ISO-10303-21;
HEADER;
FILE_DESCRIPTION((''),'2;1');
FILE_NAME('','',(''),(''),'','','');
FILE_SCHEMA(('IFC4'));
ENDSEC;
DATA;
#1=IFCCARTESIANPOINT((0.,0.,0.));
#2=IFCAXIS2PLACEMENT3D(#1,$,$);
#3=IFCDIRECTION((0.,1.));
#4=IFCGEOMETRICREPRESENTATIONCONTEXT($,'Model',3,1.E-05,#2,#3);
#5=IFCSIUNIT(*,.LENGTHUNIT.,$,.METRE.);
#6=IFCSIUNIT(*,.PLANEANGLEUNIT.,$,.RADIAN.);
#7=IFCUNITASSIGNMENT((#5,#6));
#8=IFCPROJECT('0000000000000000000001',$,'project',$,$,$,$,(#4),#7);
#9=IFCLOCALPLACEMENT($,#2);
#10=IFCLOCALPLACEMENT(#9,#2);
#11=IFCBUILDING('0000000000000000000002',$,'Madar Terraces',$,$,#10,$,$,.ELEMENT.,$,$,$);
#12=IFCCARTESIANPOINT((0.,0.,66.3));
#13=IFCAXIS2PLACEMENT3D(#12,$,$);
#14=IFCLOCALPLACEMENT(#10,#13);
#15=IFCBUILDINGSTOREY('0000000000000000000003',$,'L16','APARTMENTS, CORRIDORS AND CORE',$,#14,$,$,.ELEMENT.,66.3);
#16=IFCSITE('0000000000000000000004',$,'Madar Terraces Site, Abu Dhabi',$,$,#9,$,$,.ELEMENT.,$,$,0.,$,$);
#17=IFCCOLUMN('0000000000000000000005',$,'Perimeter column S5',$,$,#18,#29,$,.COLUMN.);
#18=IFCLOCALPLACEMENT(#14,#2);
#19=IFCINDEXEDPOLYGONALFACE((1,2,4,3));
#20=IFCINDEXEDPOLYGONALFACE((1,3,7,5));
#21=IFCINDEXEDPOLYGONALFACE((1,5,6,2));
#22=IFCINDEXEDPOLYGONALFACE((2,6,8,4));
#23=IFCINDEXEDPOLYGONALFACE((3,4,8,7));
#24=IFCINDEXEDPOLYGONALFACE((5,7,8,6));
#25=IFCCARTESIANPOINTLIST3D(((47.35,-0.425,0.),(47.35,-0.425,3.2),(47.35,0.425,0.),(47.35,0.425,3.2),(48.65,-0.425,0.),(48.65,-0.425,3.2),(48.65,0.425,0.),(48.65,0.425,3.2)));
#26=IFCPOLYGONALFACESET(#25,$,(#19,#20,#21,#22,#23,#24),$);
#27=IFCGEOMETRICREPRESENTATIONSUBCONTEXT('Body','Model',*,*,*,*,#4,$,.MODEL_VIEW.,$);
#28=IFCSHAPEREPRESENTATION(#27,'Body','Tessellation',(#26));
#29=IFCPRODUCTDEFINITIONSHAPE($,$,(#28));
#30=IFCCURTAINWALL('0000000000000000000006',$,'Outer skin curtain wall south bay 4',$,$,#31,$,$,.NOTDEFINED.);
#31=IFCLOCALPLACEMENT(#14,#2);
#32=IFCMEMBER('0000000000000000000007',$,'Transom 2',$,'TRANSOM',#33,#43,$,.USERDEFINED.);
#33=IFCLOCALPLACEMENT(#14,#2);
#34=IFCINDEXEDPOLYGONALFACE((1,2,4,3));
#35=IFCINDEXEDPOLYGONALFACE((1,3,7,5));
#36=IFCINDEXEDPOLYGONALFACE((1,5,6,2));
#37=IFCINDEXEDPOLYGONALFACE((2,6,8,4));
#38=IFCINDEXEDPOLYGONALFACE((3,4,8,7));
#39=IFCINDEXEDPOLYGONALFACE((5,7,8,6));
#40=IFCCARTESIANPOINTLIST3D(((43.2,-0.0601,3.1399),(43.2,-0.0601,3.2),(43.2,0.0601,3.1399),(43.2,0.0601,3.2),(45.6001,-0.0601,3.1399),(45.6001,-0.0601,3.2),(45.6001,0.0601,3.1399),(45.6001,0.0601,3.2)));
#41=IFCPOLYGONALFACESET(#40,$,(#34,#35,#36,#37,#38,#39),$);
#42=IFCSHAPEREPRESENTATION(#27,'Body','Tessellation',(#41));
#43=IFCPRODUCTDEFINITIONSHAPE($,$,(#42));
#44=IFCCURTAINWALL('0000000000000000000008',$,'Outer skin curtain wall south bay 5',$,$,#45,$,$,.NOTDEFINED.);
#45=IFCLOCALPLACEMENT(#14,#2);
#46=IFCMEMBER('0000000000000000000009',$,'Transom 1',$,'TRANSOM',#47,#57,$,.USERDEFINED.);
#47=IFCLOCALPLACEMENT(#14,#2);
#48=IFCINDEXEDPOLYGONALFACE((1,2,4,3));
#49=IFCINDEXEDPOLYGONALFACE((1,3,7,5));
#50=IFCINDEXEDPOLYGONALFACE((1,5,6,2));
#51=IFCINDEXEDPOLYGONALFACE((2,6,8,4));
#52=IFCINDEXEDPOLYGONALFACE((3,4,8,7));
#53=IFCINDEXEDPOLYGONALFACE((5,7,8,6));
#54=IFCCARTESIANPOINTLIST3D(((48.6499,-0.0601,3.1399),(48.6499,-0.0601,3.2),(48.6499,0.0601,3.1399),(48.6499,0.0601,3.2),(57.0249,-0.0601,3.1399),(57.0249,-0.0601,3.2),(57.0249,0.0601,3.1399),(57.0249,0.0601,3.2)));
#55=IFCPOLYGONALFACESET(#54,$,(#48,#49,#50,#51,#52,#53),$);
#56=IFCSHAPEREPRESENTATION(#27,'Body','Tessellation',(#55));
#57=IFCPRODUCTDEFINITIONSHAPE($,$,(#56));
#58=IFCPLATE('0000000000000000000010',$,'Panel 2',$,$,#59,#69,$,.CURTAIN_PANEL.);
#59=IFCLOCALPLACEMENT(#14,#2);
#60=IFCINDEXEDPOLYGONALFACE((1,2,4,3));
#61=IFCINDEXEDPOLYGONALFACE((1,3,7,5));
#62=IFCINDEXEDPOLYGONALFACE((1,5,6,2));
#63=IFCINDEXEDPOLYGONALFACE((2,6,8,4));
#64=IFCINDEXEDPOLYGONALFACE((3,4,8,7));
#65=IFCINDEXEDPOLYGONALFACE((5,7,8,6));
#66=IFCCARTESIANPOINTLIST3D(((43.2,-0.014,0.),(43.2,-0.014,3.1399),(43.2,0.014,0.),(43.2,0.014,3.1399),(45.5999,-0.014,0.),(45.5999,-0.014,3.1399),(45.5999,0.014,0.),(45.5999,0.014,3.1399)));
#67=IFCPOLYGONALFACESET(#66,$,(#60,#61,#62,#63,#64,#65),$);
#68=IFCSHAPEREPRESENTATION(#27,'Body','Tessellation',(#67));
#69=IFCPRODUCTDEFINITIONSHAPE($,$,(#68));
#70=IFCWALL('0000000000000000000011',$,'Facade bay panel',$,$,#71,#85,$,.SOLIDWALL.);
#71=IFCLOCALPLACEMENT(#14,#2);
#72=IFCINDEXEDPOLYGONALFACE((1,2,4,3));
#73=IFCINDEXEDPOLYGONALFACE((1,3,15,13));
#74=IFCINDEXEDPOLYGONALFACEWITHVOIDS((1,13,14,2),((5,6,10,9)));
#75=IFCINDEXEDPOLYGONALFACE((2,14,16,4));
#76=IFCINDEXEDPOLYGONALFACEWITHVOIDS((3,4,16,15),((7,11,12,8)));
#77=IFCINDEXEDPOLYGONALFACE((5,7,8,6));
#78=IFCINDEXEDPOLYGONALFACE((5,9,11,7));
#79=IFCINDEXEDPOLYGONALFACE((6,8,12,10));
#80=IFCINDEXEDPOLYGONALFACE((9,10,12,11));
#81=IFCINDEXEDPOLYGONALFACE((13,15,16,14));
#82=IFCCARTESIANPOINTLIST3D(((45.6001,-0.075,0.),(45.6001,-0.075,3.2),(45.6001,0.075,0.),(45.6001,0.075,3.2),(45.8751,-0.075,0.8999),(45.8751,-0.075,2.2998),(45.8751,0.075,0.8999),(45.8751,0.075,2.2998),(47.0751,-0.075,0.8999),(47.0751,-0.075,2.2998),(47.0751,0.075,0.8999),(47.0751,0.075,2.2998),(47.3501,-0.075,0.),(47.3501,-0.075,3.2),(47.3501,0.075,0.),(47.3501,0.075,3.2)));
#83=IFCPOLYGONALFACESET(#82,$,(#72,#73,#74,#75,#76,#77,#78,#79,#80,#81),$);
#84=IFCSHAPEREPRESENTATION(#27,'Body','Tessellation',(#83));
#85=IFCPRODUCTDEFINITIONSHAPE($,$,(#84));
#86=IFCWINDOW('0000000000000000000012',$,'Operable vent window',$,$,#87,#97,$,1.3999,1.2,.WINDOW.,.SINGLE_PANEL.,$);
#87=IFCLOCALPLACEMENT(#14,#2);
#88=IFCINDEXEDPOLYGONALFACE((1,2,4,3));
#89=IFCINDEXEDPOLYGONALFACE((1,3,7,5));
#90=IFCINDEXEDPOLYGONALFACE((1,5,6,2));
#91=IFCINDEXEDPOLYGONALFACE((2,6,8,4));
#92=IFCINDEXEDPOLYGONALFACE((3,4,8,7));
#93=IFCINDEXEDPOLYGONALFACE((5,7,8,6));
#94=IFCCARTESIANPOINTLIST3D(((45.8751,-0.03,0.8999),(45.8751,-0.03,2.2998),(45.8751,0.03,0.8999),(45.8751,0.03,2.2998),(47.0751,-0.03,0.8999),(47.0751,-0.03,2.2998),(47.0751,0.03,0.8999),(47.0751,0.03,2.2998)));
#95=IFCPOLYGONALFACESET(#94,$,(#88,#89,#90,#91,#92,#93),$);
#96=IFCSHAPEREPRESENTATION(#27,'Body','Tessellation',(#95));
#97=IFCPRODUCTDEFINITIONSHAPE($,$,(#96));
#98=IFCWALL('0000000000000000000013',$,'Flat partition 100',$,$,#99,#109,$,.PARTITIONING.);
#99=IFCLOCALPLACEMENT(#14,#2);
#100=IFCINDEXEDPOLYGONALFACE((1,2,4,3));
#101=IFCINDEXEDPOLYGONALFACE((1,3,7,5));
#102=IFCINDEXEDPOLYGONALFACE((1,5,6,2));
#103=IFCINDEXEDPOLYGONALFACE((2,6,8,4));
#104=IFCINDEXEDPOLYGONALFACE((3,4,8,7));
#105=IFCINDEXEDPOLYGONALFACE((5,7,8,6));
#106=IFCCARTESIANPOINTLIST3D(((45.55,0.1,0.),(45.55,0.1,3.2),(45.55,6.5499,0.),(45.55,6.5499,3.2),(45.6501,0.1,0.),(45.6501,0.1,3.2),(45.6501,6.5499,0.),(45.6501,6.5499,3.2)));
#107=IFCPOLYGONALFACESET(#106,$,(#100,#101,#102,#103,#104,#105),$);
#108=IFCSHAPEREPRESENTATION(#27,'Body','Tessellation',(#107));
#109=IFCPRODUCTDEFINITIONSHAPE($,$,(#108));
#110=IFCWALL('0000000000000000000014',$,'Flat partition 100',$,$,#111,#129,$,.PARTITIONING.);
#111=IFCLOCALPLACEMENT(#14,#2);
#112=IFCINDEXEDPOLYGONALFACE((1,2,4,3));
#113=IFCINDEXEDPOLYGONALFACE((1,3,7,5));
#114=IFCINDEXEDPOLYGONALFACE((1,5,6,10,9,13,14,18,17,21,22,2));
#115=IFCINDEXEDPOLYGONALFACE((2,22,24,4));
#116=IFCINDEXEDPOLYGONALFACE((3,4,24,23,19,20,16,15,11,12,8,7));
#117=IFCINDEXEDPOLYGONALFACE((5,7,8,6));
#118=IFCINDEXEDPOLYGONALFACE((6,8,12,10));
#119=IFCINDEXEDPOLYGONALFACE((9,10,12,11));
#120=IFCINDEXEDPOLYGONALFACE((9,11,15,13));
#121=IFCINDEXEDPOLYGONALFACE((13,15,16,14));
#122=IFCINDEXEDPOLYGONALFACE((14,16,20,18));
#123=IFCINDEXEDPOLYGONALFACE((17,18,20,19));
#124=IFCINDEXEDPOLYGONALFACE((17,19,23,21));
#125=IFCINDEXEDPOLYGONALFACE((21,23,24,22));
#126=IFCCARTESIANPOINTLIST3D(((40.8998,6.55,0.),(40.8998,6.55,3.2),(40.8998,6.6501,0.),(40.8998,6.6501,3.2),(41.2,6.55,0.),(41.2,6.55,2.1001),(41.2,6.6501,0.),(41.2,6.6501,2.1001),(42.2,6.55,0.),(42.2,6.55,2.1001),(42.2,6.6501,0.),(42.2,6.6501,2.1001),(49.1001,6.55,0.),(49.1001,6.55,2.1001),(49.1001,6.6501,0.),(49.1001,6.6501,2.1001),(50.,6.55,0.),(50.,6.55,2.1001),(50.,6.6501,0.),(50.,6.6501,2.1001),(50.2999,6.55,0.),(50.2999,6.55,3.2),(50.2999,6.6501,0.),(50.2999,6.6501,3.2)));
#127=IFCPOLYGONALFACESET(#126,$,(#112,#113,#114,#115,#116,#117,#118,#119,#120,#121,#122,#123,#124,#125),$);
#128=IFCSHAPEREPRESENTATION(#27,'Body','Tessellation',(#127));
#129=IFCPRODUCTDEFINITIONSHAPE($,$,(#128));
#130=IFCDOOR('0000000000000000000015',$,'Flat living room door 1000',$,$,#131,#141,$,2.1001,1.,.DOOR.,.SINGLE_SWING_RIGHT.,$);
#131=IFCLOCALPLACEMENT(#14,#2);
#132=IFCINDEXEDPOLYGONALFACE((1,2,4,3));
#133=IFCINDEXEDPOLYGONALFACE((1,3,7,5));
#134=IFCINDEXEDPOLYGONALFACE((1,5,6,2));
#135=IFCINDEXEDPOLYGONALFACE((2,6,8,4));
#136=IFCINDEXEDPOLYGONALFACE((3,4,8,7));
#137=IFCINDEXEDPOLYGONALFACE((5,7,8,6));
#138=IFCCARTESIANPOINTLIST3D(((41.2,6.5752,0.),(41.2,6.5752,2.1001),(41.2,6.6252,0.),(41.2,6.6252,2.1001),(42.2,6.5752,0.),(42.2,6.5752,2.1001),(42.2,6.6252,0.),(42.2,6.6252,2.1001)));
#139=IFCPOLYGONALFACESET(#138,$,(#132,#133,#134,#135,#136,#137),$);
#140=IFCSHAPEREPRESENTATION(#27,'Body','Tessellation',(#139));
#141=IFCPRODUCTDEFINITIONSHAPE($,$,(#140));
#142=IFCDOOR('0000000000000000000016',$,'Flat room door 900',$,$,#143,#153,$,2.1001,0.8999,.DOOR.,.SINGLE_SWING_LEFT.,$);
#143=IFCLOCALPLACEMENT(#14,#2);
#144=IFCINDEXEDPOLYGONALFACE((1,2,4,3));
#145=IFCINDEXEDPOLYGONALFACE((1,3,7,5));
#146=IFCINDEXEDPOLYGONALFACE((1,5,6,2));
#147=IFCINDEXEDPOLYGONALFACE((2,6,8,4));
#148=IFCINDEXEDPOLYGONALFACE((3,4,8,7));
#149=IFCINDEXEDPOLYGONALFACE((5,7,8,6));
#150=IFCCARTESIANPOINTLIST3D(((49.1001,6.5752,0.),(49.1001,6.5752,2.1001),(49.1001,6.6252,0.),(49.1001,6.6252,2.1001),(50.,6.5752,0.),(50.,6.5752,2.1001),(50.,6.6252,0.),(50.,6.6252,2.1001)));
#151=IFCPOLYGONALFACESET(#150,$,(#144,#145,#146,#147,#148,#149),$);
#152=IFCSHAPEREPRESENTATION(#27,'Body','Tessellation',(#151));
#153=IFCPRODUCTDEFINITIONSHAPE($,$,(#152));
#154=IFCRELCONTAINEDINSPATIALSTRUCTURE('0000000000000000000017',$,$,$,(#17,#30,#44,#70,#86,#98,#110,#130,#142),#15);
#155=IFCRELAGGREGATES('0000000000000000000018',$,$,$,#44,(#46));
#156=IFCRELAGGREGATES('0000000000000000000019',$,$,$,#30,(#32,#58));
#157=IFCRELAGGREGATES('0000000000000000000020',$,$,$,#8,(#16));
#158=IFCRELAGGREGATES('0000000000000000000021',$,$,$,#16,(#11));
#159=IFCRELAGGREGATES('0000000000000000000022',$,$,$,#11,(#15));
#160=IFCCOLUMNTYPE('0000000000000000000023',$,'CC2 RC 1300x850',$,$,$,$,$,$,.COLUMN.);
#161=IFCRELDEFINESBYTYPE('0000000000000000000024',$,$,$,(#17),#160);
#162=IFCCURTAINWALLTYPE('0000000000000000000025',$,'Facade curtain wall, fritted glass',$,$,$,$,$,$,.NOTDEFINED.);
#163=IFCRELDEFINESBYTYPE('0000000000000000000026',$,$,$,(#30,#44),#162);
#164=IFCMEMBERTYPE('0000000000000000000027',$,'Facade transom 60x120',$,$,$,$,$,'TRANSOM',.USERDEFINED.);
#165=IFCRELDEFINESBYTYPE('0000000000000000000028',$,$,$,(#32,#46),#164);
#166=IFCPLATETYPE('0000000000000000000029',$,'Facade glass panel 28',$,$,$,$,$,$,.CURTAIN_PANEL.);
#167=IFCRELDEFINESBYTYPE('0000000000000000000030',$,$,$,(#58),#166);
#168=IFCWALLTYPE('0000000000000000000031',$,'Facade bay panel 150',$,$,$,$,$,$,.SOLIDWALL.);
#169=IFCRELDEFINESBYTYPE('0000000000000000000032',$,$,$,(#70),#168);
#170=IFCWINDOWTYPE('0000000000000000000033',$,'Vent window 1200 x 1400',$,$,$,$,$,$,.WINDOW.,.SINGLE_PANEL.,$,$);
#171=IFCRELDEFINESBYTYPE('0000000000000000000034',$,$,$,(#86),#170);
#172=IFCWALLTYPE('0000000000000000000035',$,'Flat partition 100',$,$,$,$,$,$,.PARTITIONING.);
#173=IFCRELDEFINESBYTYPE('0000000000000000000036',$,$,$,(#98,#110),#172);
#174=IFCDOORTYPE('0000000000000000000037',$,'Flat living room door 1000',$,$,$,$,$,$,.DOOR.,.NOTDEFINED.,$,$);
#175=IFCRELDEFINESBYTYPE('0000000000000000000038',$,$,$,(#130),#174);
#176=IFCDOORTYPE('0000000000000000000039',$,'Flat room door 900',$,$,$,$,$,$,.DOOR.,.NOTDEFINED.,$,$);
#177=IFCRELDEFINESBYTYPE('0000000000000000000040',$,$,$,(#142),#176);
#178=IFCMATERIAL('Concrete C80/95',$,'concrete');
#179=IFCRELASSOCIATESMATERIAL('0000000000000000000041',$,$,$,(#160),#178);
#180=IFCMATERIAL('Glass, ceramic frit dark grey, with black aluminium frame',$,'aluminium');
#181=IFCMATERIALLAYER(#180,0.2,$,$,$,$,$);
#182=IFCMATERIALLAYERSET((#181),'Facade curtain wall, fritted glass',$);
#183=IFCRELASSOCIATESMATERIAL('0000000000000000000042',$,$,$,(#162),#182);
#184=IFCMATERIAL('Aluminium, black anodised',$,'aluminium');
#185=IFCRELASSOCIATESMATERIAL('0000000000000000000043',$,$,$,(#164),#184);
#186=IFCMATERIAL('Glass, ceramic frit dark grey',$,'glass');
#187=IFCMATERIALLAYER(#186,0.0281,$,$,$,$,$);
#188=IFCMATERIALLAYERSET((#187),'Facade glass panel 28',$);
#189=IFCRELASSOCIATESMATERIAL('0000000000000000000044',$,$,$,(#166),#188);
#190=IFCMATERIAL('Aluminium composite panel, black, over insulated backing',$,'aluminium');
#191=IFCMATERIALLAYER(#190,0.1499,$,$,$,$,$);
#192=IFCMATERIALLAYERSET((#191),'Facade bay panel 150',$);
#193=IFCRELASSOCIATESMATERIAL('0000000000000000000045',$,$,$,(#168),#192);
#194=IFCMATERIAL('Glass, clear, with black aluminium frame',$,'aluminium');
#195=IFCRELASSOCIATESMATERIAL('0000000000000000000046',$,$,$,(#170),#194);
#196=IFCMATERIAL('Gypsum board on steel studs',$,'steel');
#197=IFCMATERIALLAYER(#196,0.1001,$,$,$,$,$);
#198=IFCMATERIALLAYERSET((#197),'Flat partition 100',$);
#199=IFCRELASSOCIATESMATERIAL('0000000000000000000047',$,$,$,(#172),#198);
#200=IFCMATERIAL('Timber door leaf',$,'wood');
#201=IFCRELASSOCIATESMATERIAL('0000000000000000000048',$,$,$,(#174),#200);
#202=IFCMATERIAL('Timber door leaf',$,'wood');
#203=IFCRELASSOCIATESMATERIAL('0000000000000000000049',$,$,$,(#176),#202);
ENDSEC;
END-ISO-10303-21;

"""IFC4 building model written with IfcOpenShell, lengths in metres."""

from ifc_helpers import new_model, si_unit, direction, frame, frame_2d, origin, origin_2d, place, context, subcontext, project, spatial, rectangle, extrude, material, layer, layer_set, material_profile, profile_set, type_object, element, fill, aggregate, save


model = new_model("IFC4")

# Units and contexts
model_context = context("Model", 3, precision=1e-05, world=origin(), true_north=direction((0.0, 1.0)))
body_context = subcontext(model_context, "Body", "Model", "MODEL_VIEW")
ifc_project = project(units=[si_unit("LENGTHUNIT", "METRE"), si_unit("PLANEANGLEUNIT", "RADIAN")], contexts=[model_context])

# Site, building, storey
site_placement = place(None, origin())
site = spatial("IfcSite", under=ifc_project, at=site_placement, Name="Madar Terraces Site, Abu Dhabi", CompositionType="ELEMENT", RefElevation=0.0)
building_placement = place(site_placement, origin())
building = spatial("IfcBuilding", under=site, at=building_placement, Name="Madar Terraces", CompositionType="ELEMENT")
storey_placement = place(building_placement, frame((0.0, 0.0, 66.3)))
storey = spatial("IfcBuildingStorey", under=building, at=storey_placement, Name="L16", Description="APARTMENTS, CORRIDORS AND CORE", CompositionType="ELEMENT", Elevation=66.3)

# Column
ifc_material_1 = material(Name="Concrete C80/95", Category="concrete")
ifc_material_profile_1 = material_profile(ifc_material_1, rectangle(XDim=1.3, YDim=0.8501, at=origin_2d()), Name="CC2 RC 1300x850")
ifc_profile_set_1 = profile_set([ifc_material_profile_1], Name="Concrete C80/95")
column_type = type_object("IfcColumnType", Name="CC2 RC 1300x850", PredefinedType="COLUMN", material=ifc_profile_set_1)
column_placement = place(storey_placement, frame((48.0, 0.0, 0.0), z_axis=(0.0, 0.0, 1.0), x_axis=(1.0, 0.0, 0.0)))
element("IfcColumn", 1, at=column_placement, inside=storey, type_object=column_type, Name="Perimeter column S5", PredefinedType="COLUMN", context=body_context, shape_type="SweptSolid", body=[
    extrude(rectangle(XDim=1.3, YDim=0.8501, at=origin_2d()), origin(), (0.0, 0.0, 1.0), 3.2),
])

# Curtain walls, members
ifc_material_2 = material(Name="Glass, ceramic frit dark grey, with black aluminium frame", Category="aluminium")
ifc_layer_1 = layer(ifc_material_2, 0.2)
ifc_layer_set_1 = layer_set([ifc_layer_1], Name="Facade curtain wall, fritted glass")
curtain_wall_type = type_object("IfcCurtainWallType", Name="Facade curtain wall, fritted glass", PredefinedType="NOTDEFINED", material=ifc_layer_set_1)
curtain_wall_1_placement = place(storey_placement, origin())
curtain_wall_1 = element("IfcCurtainWall", 2, at=curtain_wall_1_placement, inside=storey, type_object=curtain_wall_type, Name="Outer skin curtain wall south bay 4", PredefinedType="NOTDEFINED")
ifc_material_3 = material(Name="Aluminium, black anodised", Category="aluminium")
ifc_material_profile_2 = material_profile(ifc_material_3, rectangle(XDim=0.1201, YDim=0.0601, at=origin_2d()), Name="Facade transom 60x120")
ifc_profile_set_2 = profile_set([ifc_material_profile_2], Name="Aluminium, black anodised")
member_type = type_object("IfcMemberType", Name="Facade transom 60x120", ElementType="TRANSOM", PredefinedType="USERDEFINED", material=ifc_profile_set_2)
member_1_placement = place(storey_placement, frame((43.2, 0.0, 3.1699), z_axis=(1.0, 0.0, 0.0), x_axis=(0.0, 1.0, 0.0)))
member_1 = element("IfcMember", 3, at=member_1_placement, type_object=member_type, Name="Transom 2", ObjectType="TRANSOM", PredefinedType="USERDEFINED", context=body_context, shape_type="SweptSolid", body=[
    extrude(rectangle(XDim=0.1201, YDim=0.0601, at=origin_2d()), origin(), (0.0, 0.0, 1.0), 2.4001),
])
curtain_wall_2_placement = place(storey_placement, origin())
curtain_wall_2 = element("IfcCurtainWall", 4, at=curtain_wall_2_placement, inside=storey, type_object=curtain_wall_type, Name="Outer skin curtain wall south bay 5", PredefinedType="NOTDEFINED")
member_2_placement = place(storey_placement, frame((48.6499, 0.0, 3.1699), z_axis=(1.0, 0.0, 0.0), x_axis=(0.0, 1.0, 0.0)))
member_2 = element("IfcMember", 5, at=member_2_placement, type_object=member_type, Name="Transom 1", ObjectType="TRANSOM", PredefinedType="USERDEFINED", context=body_context, shape_type="SweptSolid", body=[
    extrude(rectangle(XDim=0.1201, YDim=0.0601, at=origin_2d()), origin(), (0.0, 0.0, 1.0), 8.375),
])
aggregate(curtain_wall_2, [member_2])

# Plate
ifc_material_4 = material(Name="Glass, ceramic frit dark grey", Category="glass")
ifc_layer_2 = layer(ifc_material_4, 0.0281)
ifc_layer_set_2 = layer_set([ifc_layer_2], Name="Facade glass panel 28")
plate_type = type_object("IfcPlateType", Name="Facade glass panel 28", PredefinedType="CURTAIN_PANEL", material=ifc_layer_set_2)
plate_placement = place(storey_placement, frame((44.3999, 0.0, 0.0), z_axis=(0.0, 0.0, 1.0), x_axis=(1.0, 0.0, 0.0)))
plate = element("IfcPlate", 6, at=plate_placement, type_object=plate_type, Name="Panel 2", PredefinedType="CURTAIN_PANEL", context=body_context, shape_type="SweptSolid", body=[
    extrude(rectangle(XDim=2.3999, YDim=0.0281, at=origin_2d()), origin(), (0.0, 0.0, 1.0), 3.1399),
])
aggregate(curtain_wall_1, [member_1, plate])

# Wall, opening, window
ifc_material_5 = material(Name="Aluminium composite panel, black, over insulated backing", Category="aluminium")
ifc_layer_3 = layer(ifc_material_5, 0.1499)
ifc_layer_set_3 = layer_set([ifc_layer_3], Name="Facade bay panel 150")
wall_type_1 = type_object("IfcWallType", Name="Facade bay panel 150", PredefinedType="SOLIDWALL", material=ifc_layer_set_3)
wall_1_placement = place(storey_placement, frame((45.6001, 0.0, 0.0), z_axis=(0.0, 0.0, 1.0), x_axis=(1.0, 0.0, 0.0)))
wall_1 = element("IfcWall", 7, at=wall_1_placement, inside=storey, type_object=wall_type_1, Name="Facade bay panel", PredefinedType="SOLIDWALL", context=body_context, shape_type="SweptSolid", body=[
    extrude(rectangle(XDim=1.75, YDim=0.1499, at=frame_2d((0.875, 0.0))), origin(), (0.0, 0.0, 1.0), 3.2),
])
opening_1_placement = place(wall_1_placement, frame((0.2749, 0.0, 0.8999)))
opening_1 = element("IfcOpeningElement", 8, at=opening_1_placement, cuts=wall_1, PredefinedType="OPENING", context=body_context, shape_type="SweptSolid", body=[
    extrude(rectangle(XDim=1.2, YDim=1.3999, at=frame_2d((0.6001, 0.7))), frame((0.0, 0.085, 0.0), z_axis=(0.0, -1.0, 0.0), x_axis=(1.0, 0.0, 0.0)), (0.0, 0.0, 1.0), 0.1699),
])
ifc_material_6 = material(Name="Glass, clear, with black aluminium frame", Category="aluminium")
window_type = type_object("IfcWindowType", Name="Vent window 1200 x 1400", PartitioningType="SINGLE_PANEL", PredefinedType="WINDOW", material=ifc_material_6)
window_placement = place(opening_1_placement, origin())
window = element("IfcWindow", 9, at=window_placement, inside=storey, type_object=window_type, Name="Operable vent window", OverallHeight=1.3999, OverallWidth=1.2, PartitioningType="SINGLE_PANEL", PredefinedType="WINDOW", context=body_context, shape_type="SweptSolid", body=[
    extrude(rectangle(XDim=1.2, YDim=1.3999, at=frame_2d((0.6001, 0.7))), frame((0.0, 0.03, 0.0), z_axis=(0.0, -1.0, 0.0), x_axis=(1.0, 0.0, 0.0)), (0.0, 0.0, 1.0), 0.0601),
])
fill(opening_1, window)

# Wall
ifc_material_7 = material(Name="Gypsum board on steel studs", Category="steel")
ifc_layer_4 = layer(ifc_material_7, 0.1001)
ifc_layer_set_4 = layer_set([ifc_layer_4], Name="Flat partition 100")
wall_type_2 = type_object("IfcWallType", Name="Flat partition 100", PredefinedType="PARTITIONING", material=ifc_layer_set_4)
wall_2_placement = place(storey_placement, frame((45.6001, 6.55, 0.0), z_axis=(0.0, 0.0, 1.0), x_axis=(0.0, -1.0, 0.0)))
element("IfcWall", 10, at=wall_2_placement, inside=storey, type_object=wall_type_2, Name="Flat partition 100", PredefinedType="PARTITIONING", context=body_context, shape_type="SweptSolid", body=[
    extrude(rectangle(XDim=6.45, YDim=0.1001, at=frame_2d((3.2251, 0.0))), origin(), (0.0, 0.0, 1.0), 3.2),
])

# Wall, openings, doors
wall_3_placement = place(storey_placement, frame((50.3, 6.6001, 0.0), z_axis=(0.0, 0.0, 1.0), x_axis=(-1.0, 0.0, 0.0)))
wall_3 = element("IfcWall", 11, at=wall_3_placement, inside=storey, type_object=wall_type_2, Name="Flat partition 100", PredefinedType="PARTITIONING", context=body_context, shape_type="SweptSolid", body=[
    extrude(rectangle(XDim=9.4001, YDim=0.1001, at=frame_2d((4.7002, 0.0))), origin(), (0.0, 0.0, 1.0), 3.2),
])
opening_2_placement = place(wall_3_placement, frame((0.3, 0.0, 0.0)))
opening_2 = element("IfcOpeningElement", 12, at=opening_2_placement, cuts=wall_3, PredefinedType="OPENING", context=body_context, shape_type="SweptSolid", body=[
    extrude(rectangle(XDim=0.8999, YDim=2.1001, at=frame_2d((0.45, 1.05))), frame((0.0, 0.0601, 0.0), z_axis=(0.0, -1.0, 0.0), x_axis=(1.0, 0.0, 0.0)), (0.0, 0.0, 1.0), 0.1201),
])
opening_3_placement = place(wall_3_placement, frame((8.1001, 0.0, 0.0)))
opening_3 = element("IfcOpeningElement", 13, at=opening_3_placement, cuts=wall_3, PredefinedType="OPENING", context=body_context, shape_type="SweptSolid", body=[
    extrude(rectangle(XDim=1.0, YDim=2.1001, at=frame_2d((0.5, 1.05))), frame((0.0, 0.0601, 0.0), z_axis=(0.0, -1.0, 0.0), x_axis=(1.0, 0.0, 0.0)), (0.0, 0.0, 1.0), 0.1201),
])
ifc_material_8 = material(Name="Timber door leaf", Category="wood")
door_type_1 = type_object("IfcDoorType", Name="Flat living room door 1000", OperationType="NOTDEFINED", PredefinedType="DOOR", material=ifc_material_8)
door_1_placement = place(opening_3_placement, origin())
door_1 = element("IfcDoor", 14, at=door_1_placement, inside=storey, type_object=door_type_1, Name="Flat living room door 1000", OperationType="SINGLE_SWING_RIGHT", OverallHeight=2.1001, OverallWidth=1.0, PredefinedType="DOOR", context=body_context, shape_type="SweptSolid", body=[
    extrude(rectangle(XDim=1.0, YDim=2.1001, at=frame_2d((0.5, 1.05))), frame((0.0, 0.0249, 0.0), z_axis=(0.0, -1.0, 0.0), x_axis=(1.0, 0.0, 0.0)), (0.0, 0.0, 1.0), 0.05),
])
fill(opening_3, door_1)
ifc_material_9 = material(Name="Timber door leaf", Category="wood")
door_type_2 = type_object("IfcDoorType", Name="Flat room door 900", OperationType="NOTDEFINED", PredefinedType="DOOR", material=ifc_material_9)
door_2_placement = place(opening_2_placement, origin())
door_2 = element("IfcDoor", 15, at=door_2_placement, inside=storey, type_object=door_type_2, Name="Flat room door 900", OperationType="SINGLE_SWING_LEFT", OverallHeight=2.1001, OverallWidth=0.8999, PredefinedType="DOOR", context=body_context, shape_type="SweptSolid", body=[
    extrude(rectangle(XDim=0.8999, YDim=2.1001, at=frame_2d((0.45, 1.05))), frame((0.0, 0.0249, 0.0), z_axis=(0.0, -1.0, 0.0), x_axis=(1.0, 0.0, 0.0)), (0.0, 0.0, 1.0), 0.05),
])
fill(opening_2, door_2)

save(model, "model.ifc")
